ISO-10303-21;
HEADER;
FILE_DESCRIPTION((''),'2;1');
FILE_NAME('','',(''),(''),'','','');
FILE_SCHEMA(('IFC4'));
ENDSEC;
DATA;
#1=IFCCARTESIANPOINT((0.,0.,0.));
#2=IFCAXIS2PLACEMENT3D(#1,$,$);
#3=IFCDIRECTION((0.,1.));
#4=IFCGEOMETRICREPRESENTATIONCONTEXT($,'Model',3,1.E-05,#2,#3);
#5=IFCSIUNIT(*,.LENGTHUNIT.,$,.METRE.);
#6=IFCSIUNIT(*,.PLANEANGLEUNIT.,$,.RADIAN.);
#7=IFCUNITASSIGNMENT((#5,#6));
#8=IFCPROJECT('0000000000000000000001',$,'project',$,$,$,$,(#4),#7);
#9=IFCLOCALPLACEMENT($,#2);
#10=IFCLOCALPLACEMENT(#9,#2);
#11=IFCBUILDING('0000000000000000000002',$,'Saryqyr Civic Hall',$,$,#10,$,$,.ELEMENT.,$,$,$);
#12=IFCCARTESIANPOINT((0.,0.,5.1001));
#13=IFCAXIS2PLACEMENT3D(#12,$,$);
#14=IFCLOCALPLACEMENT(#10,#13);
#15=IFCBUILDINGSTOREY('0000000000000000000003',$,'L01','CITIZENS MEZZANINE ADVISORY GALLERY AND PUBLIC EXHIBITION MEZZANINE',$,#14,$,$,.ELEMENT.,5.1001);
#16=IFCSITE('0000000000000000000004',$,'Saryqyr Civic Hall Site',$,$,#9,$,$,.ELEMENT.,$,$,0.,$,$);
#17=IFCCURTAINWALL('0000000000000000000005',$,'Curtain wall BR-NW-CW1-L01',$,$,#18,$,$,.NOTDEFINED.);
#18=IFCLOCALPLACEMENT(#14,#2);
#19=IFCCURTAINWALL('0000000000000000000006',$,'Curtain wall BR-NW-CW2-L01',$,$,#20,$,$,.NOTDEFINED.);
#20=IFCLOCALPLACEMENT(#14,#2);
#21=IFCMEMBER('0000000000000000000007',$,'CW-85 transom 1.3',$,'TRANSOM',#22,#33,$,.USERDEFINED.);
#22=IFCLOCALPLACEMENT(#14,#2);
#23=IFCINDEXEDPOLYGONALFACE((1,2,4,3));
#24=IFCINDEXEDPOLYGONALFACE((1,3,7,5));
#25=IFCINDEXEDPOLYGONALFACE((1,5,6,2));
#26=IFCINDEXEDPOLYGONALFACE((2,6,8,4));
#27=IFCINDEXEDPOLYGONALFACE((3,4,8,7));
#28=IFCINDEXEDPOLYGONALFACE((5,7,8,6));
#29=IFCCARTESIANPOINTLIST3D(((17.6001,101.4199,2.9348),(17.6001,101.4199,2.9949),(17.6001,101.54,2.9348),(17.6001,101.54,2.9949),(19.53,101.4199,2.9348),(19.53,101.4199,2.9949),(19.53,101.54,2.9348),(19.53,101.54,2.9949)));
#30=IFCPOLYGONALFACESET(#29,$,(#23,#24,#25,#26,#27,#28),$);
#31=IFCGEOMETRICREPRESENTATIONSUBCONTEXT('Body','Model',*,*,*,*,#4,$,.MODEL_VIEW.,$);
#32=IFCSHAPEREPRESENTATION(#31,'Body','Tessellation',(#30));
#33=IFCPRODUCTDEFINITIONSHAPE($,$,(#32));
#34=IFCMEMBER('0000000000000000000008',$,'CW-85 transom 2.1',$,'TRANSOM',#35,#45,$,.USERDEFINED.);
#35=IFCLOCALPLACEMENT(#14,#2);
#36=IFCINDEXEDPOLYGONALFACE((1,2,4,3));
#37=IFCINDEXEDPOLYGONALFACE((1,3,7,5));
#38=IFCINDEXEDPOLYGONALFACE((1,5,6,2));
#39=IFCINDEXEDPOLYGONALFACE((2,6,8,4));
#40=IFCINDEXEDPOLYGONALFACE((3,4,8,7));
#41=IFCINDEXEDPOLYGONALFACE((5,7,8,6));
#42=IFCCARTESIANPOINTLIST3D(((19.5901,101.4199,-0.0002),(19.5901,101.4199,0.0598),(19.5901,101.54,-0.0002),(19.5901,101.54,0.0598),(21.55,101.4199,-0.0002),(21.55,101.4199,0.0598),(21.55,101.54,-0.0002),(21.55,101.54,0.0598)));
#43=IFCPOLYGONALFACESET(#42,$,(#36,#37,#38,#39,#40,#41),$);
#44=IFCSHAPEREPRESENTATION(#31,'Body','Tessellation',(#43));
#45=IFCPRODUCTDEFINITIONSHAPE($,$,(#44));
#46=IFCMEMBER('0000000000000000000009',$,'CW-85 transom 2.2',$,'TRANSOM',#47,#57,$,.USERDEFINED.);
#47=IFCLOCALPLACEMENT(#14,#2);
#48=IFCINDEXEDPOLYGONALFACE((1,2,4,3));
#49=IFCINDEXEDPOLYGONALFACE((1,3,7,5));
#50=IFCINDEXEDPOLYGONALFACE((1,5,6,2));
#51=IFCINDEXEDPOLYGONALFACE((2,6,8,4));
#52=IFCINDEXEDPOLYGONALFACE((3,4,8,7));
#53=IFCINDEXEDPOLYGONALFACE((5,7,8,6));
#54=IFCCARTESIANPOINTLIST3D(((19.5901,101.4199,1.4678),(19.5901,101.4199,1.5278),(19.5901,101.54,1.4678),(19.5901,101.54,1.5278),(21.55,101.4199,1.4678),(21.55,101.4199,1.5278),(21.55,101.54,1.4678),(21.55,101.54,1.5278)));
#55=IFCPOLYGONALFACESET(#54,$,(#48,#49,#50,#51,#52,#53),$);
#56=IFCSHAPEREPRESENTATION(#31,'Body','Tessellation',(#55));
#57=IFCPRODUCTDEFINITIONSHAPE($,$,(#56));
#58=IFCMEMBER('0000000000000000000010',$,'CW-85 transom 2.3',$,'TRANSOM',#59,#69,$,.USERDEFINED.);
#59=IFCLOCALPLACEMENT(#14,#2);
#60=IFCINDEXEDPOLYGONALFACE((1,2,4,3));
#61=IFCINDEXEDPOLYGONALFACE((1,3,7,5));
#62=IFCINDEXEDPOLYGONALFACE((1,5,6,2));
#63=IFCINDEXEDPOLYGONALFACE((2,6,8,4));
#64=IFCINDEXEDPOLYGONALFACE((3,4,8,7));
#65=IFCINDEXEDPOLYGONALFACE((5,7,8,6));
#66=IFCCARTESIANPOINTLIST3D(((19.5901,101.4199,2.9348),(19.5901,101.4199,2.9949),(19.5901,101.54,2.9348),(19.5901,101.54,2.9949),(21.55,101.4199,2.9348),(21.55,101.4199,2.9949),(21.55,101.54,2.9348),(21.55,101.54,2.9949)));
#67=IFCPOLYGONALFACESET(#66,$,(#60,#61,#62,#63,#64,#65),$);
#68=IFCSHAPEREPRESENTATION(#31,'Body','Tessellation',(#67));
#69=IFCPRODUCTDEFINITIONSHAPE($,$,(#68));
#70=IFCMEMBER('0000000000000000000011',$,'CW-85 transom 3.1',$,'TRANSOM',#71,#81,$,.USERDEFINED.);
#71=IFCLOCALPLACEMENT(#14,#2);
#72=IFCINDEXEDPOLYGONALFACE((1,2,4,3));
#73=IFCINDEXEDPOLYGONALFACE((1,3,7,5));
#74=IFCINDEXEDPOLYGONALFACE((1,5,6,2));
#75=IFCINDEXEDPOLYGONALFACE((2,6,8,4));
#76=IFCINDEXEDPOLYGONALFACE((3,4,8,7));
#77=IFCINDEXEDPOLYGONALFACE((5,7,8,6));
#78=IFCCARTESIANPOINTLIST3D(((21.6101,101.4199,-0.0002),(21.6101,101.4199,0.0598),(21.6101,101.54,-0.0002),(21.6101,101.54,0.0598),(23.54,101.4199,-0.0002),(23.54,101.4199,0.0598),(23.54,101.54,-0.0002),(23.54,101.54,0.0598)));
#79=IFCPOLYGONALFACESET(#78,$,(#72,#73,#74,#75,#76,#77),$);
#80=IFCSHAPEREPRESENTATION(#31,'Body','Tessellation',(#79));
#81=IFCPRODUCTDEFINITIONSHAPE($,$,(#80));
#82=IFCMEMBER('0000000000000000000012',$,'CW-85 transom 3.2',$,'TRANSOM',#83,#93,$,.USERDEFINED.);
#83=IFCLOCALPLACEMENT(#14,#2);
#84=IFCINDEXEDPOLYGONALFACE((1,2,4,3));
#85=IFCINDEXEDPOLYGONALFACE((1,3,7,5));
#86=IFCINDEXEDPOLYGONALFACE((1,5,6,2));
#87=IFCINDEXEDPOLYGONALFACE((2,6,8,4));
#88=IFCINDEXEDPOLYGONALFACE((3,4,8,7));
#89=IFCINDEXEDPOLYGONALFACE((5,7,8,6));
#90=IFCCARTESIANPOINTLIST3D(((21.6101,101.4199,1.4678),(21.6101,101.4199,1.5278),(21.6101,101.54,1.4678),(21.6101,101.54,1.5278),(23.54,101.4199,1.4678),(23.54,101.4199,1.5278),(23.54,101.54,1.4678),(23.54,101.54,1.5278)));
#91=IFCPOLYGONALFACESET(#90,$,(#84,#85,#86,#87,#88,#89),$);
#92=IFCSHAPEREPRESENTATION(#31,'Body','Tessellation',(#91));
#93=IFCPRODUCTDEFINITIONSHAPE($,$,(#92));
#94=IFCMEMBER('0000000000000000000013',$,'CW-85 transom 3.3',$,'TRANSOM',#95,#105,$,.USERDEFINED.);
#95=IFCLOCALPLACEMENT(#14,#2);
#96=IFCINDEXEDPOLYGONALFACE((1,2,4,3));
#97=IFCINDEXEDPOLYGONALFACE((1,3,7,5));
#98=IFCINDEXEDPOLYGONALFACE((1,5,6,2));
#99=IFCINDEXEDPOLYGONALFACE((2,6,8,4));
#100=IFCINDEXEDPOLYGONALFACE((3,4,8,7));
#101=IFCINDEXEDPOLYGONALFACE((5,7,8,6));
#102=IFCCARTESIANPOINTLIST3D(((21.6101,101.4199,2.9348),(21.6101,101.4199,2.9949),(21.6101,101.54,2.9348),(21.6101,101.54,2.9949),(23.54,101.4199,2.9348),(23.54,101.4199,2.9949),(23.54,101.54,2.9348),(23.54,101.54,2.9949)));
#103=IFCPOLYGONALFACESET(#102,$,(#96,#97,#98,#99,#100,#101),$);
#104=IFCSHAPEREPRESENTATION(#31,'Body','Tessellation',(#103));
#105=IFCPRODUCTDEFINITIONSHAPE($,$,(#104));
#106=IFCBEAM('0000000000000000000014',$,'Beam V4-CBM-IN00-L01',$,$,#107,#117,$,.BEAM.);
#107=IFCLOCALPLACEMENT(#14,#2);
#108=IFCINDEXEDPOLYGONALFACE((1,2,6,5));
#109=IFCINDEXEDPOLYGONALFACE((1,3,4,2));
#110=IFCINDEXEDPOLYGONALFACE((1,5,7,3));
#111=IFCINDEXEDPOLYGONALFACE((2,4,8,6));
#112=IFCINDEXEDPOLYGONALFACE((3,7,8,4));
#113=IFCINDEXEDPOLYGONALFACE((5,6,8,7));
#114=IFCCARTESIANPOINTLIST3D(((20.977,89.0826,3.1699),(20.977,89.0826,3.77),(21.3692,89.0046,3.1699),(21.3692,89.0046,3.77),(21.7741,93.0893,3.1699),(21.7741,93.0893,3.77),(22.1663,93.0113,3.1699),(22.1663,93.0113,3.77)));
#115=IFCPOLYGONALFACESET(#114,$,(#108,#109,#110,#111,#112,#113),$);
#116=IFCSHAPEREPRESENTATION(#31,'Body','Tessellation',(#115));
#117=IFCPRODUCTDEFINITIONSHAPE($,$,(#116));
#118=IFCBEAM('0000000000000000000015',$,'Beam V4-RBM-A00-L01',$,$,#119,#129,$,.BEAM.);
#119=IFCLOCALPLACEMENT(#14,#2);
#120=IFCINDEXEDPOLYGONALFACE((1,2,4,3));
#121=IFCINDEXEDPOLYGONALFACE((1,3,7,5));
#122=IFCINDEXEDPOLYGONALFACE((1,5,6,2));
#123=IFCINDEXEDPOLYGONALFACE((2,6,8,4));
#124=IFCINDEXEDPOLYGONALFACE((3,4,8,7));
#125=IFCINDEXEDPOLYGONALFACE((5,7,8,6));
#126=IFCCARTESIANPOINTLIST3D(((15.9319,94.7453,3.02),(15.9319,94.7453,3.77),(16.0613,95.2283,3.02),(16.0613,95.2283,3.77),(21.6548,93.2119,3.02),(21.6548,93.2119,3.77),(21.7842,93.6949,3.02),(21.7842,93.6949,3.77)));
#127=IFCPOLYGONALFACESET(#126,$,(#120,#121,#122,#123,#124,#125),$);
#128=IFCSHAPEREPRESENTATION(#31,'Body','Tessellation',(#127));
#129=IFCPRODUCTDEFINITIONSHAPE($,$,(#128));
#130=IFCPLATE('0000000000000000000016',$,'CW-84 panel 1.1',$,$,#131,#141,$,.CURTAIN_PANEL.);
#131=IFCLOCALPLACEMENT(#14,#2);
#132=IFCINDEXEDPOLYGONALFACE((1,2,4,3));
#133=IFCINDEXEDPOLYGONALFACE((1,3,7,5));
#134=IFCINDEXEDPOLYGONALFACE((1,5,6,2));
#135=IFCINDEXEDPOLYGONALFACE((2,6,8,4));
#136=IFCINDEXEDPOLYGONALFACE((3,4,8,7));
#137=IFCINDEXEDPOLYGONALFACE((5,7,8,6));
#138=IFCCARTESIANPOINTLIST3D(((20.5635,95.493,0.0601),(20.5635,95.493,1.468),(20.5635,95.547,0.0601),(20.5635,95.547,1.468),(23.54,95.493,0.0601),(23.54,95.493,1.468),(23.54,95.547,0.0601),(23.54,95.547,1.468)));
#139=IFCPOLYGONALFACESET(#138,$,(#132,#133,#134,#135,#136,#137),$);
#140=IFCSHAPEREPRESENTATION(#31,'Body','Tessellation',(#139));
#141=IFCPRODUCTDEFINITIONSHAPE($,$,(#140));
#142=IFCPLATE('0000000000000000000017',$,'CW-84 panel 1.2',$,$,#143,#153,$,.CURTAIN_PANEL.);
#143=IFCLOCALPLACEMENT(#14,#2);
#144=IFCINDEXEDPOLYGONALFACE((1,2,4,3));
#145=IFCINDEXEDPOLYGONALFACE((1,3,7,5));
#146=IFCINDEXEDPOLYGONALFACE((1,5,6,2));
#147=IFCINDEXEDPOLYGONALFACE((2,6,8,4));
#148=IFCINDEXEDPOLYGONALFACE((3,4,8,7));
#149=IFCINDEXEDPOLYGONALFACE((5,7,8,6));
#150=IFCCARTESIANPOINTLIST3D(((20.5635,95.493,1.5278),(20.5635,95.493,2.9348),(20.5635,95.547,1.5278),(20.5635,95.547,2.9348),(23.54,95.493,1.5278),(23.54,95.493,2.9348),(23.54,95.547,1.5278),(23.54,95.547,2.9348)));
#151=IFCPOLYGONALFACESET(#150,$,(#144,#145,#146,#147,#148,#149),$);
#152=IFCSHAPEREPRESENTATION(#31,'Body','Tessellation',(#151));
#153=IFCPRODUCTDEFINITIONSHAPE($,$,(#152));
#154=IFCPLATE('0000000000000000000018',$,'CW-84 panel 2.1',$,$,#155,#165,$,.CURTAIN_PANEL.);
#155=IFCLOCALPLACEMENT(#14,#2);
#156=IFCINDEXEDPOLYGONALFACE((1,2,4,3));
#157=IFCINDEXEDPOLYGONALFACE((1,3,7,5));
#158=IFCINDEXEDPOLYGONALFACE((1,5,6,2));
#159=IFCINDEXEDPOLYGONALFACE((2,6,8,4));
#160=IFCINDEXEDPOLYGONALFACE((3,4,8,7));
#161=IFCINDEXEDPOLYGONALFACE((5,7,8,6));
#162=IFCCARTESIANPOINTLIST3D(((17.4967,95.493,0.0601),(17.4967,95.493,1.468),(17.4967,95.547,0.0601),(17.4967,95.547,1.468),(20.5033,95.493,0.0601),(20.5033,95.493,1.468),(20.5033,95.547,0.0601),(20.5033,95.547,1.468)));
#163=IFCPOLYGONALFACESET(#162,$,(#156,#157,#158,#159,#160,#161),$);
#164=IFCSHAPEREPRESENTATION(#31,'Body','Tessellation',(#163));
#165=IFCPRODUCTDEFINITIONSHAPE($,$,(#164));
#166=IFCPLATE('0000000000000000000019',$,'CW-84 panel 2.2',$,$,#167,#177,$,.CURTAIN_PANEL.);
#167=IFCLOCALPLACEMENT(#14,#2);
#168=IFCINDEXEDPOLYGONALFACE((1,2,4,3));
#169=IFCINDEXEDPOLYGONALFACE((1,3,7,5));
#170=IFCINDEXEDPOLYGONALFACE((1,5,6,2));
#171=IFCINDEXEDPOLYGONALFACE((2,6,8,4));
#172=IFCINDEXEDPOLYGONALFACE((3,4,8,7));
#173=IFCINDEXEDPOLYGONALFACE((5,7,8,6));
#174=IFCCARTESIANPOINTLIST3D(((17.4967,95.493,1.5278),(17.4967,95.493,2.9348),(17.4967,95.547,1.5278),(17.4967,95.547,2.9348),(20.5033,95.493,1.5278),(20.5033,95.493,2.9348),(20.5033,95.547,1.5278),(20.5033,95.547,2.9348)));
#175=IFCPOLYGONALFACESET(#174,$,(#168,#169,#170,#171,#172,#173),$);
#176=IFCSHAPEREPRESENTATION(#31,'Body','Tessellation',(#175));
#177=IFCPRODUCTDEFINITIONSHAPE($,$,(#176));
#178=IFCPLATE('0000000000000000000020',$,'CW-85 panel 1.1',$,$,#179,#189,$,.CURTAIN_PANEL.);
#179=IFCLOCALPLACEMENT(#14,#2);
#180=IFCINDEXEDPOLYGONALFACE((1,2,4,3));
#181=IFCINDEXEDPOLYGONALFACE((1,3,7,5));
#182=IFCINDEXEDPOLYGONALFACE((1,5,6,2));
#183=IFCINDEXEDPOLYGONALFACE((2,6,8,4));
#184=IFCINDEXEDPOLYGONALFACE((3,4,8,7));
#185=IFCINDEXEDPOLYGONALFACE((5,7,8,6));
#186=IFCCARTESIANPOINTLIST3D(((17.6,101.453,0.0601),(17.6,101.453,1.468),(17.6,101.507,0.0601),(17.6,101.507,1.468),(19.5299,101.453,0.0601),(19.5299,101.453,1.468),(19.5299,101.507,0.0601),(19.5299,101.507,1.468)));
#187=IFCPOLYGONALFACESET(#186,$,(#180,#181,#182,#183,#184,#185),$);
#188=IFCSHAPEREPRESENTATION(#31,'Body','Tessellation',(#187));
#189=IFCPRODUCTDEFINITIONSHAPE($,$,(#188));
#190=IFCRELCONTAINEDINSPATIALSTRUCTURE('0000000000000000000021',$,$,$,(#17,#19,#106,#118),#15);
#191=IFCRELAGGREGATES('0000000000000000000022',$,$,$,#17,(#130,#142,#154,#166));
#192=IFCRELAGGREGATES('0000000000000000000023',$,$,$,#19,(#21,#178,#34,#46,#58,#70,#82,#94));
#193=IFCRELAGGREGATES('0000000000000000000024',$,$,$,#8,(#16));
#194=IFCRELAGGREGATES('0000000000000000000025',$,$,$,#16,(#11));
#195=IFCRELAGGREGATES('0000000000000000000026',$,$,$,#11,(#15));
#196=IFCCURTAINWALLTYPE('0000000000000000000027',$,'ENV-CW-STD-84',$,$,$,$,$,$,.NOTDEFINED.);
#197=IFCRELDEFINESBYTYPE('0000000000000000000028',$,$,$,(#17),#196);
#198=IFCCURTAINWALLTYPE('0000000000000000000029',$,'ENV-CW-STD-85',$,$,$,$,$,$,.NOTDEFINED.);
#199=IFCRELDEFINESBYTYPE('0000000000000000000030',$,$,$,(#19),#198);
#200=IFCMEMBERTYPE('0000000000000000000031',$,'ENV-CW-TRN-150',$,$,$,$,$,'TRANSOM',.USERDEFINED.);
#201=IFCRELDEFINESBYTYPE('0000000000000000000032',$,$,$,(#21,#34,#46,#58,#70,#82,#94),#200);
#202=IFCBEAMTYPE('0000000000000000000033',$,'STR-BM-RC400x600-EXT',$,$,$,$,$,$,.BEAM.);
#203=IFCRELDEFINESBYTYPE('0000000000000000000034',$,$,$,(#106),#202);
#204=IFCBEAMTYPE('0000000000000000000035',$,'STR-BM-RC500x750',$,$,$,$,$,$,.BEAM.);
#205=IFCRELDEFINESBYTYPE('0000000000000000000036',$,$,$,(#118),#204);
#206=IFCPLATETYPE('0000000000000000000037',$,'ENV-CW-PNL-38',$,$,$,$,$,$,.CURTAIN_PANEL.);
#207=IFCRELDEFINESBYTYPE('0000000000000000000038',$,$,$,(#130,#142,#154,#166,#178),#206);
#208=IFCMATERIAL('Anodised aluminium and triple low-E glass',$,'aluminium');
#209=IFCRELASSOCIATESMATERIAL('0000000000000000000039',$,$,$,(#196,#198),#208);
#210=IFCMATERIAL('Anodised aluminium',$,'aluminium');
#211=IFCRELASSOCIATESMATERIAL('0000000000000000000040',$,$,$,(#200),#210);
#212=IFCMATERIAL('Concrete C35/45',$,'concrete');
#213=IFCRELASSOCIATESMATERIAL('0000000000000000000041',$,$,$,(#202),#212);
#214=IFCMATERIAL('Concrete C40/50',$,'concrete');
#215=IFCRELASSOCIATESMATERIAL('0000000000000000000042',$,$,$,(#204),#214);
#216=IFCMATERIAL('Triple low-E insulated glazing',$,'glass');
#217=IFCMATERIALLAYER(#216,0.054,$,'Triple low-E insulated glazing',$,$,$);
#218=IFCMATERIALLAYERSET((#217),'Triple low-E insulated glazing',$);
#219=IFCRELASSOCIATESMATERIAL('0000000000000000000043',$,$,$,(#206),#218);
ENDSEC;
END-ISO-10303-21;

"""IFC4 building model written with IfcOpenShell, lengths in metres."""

from ifc_helpers import new_model, si_unit, direction, frame, origin, origin_2d, place, context, subcontext, project, spatial, rectangle, extrude, material, layer, layer_set, material_profile, profile_set, type_object, element, aggregate, save


model = new_model("IFC4")

# Units and contexts
model_context = context("Model", 3, precision=1e-05, world=origin(), true_north=direction((0.0, 1.0)))
body_context = subcontext(model_context, "Body", "Model", "MODEL_VIEW")
ifc_project = project(units=[si_unit("LENGTHUNIT", "METRE"), si_unit("PLANEANGLEUNIT", "RADIAN")], contexts=[model_context])

# Site, building, storey
site_placement = place(None, origin())
site = spatial("IfcSite", under=ifc_project, at=site_placement, Name="Saryqyr Civic Hall Site", CompositionType="ELEMENT", RefElevation=0.0)
building_placement = place(site_placement, origin())
building = spatial("IfcBuilding", under=site, at=building_placement, Name="Saryqyr Civic Hall", CompositionType="ELEMENT")
storey_placement = place(building_placement, frame((0.0, 0.0, 5.1001)))
storey = spatial("IfcBuildingStorey", under=building, at=storey_placement, Name="L01", Description="CITIZENS MEZZANINE ADVISORY GALLERY AND PUBLIC EXHIBITION MEZZANINE", CompositionType="ELEMENT", Elevation=5.1001)

# Shared definitions
ifc_material_1 = material(Name="Concrete C40/50", Category="concrete")

# Curtain wall
ifc_material_2 = material(Name="Anodised aluminium and triple low-E glass", Category="aluminium")
curtain_wall_type_1 = type_object("IfcCurtainWallType", Name="ENV-CW-STD-84", PredefinedType="NOTDEFINED", material=ifc_material_2)
curtain_wall_1_placement = place(storey_placement, origin())
curtain_wall_1 = element("IfcCurtainWall", 1, at=curtain_wall_1_placement, inside=storey, type_object=curtain_wall_type_1, Name="Curtain wall BR-NW-CW1-L01", PredefinedType="NOTDEFINED")
ifc_material_3 = material(Name="Anodised aluminium", Category="aluminium")

# Curtain wall
curtain_wall_type_2 = type_object("IfcCurtainWallType", Name="ENV-CW-STD-85", PredefinedType="NOTDEFINED", material=ifc_material_2)
curtain_wall_2_placement = place(storey_placement, origin())
curtain_wall_2 = element("IfcCurtainWall", 2, at=curtain_wall_2_placement, inside=storey, type_object=curtain_wall_type_2, Name="Curtain wall BR-NW-CW2-L01", PredefinedType="NOTDEFINED")

# Members
ifc_material_profile_1 = material_profile(ifc_material_3, rectangle(XDim=0.1201, YDim=0.0601, at=origin_2d()), Name="ALU TRANSOM 120x60")
ifc_profile_set_1 = profile_set([ifc_material_profile_1], Name="Anodised aluminium")
member_type_1 = type_object("IfcMemberType", Name="ENV-CW-TRN-150", ElementType="TRANSOM", PredefinedType="USERDEFINED", material=ifc_profile_set_1)
member_1_placement = place(storey_placement, frame((17.6001, 101.48, 2.9648), z_axis=(1.0, 0.0, 0.0), x_axis=(0.0, 1.0, 0.0)))
member_1 = element("IfcMember", 3, at=member_1_placement, type_object=member_type_1, Name="CW-85 transom 1.3", ObjectType="TRANSOM", PredefinedType="USERDEFINED", context=body_context, shape_type="SweptSolid", body=[
    extrude(rectangle(XDim=0.1201, YDim=0.0601, at=origin_2d()), origin(), (0.0, 0.0, 1.0), 1.9299),
])
member_2_placement = place(storey_placement, frame((19.5901, 101.48, 0.0298), z_axis=(1.0, 0.0, 0.0), x_axis=(0.0, 1.0, 0.0)))
member_2 = element("IfcMember", 4, at=member_2_placement, type_object=member_type_1, Name="CW-85 transom 2.1", ObjectType="TRANSOM", PredefinedType="USERDEFINED", context=body_context, shape_type="SweptSolid", body=[
    extrude(rectangle(XDim=0.1201, YDim=0.0601, at=origin_2d()), origin(), (0.0, 0.0, 1.0), 1.96),
])
member_3_placement = place(storey_placement, frame((19.5901, 101.48, 1.4978), z_axis=(1.0, 0.0, 0.0), x_axis=(0.0, 1.0, 0.0)))
member_3 = element("IfcMember", 5, at=member_3_placement, type_object=member_type_1, Name="CW-85 transom 2.2", ObjectType="TRANSOM", PredefinedType="USERDEFINED", context=body_context, shape_type="SweptSolid", body=[
    extrude(rectangle(XDim=0.1201, YDim=0.0601, at=origin_2d()), origin(), (0.0, 0.0, 1.0), 1.96),
])
member_4_placement = place(storey_placement, frame((19.5901, 101.48, 2.9648), z_axis=(1.0, 0.0, 0.0), x_axis=(0.0, 1.0, 0.0)))
member_4 = element("IfcMember", 6, at=member_4_placement, type_object=member_type_1, Name="CW-85 transom 2.3", ObjectType="TRANSOM", PredefinedType="USERDEFINED", context=body_context, shape_type="SweptSolid", body=[
    extrude(rectangle(XDim=0.1201, YDim=0.0601, at=origin_2d()), origin(), (0.0, 0.0, 1.0), 1.96),
])
member_5_placement = place(storey_placement, frame((21.6101, 101.48, 0.0298), z_axis=(1.0, 0.0, 0.0), x_axis=(0.0, 1.0, 0.0)))
member_5 = element("IfcMember", 7, at=member_5_placement, type_object=member_type_1, Name="CW-85 transom 3.1", ObjectType="TRANSOM", PredefinedType="USERDEFINED", context=body_context, shape_type="SweptSolid", body=[
    extrude(rectangle(XDim=0.1201, YDim=0.0601, at=origin_2d()), origin(), (0.0, 0.0, 1.0), 1.9299),
])
member_6_placement = place(storey_placement, frame((21.6101, 101.48, 1.4978), z_axis=(1.0, 0.0, 0.0), x_axis=(0.0, 1.0, 0.0)))
member_6 = element("IfcMember", 8, at=member_6_placement, type_object=member_type_1, Name="CW-85 transom 3.2", ObjectType="TRANSOM", PredefinedType="USERDEFINED", context=body_context, shape_type="SweptSolid", body=[
    extrude(rectangle(XDim=0.1201, YDim=0.0601, at=origin_2d()), origin(), (0.0, 0.0, 1.0), 1.9299),
])
member_7_placement = place(storey_placement, frame((21.6101, 101.48, 2.9648), z_axis=(1.0, 0.0, 0.0), x_axis=(0.0, 1.0, 0.0)))
member_7 = element("IfcMember", 9, at=member_7_placement, type_object=member_type_1, Name="CW-85 transom 3.3", ObjectType="TRANSOM", PredefinedType="USERDEFINED", context=body_context, shape_type="SweptSolid", body=[
    extrude(rectangle(XDim=0.1201, YDim=0.0601, at=origin_2d()), origin(), (0.0, 0.0, 1.0), 1.9299),
])

# Beams
ifc_material_4 = material(Name="Concrete C35/45", Category="concrete")
ifc_material_profile_2 = material_profile(ifc_material_4, rectangle(XDim=0.3999, YDim=0.6001, at=origin_2d()), Name="RC 400x600")
ifc_profile_set_2 = profile_set([ifc_material_profile_2], Name="Concrete C35/45")
beam_type_1 = type_object("IfcBeamType", Name="STR-BM-RC400x600-EXT", PredefinedType="BEAM", material=ifc_profile_set_2)
beam_1_placement = place(storey_placement, frame((21.9702, 93.0503, 3.47), z_axis=(-0.195128, -0.980778, 0.0), x_axis=(0.980778, -0.195128, 0.0)))
element("IfcBeam", 10, at=beam_1_placement, inside=storey, type_object=beam_type_1, Name="Beam V4-CBM-IN00-L01", PredefinedType="BEAM", context=body_context, shape_type="SweptSolid", body=[
    extrude(rectangle(XDim=0.3999, YDim=0.6001, at=origin_2d()), origin(), (0.0, 0.0, 1.0), 4.0852),
])
ifc_material_profile_3 = material_profile(ifc_material_1, rectangle(XDim=0.5, YDim=0.75, at=origin_2d()), Name="RC 500x750")
ifc_profile_set_3 = profile_set([ifc_material_profile_3], Name="Concrete C40/50")
beam_type_2 = type_object("IfcBeamType", Name="STR-BM-RC500x750", PredefinedType="BEAM", material=ifc_profile_set_3)
beam_2_placement = place(storey_placement, frame((21.7195, 93.4534, 3.395), z_axis=(-0.965926, 0.258819, 0.0), x_axis=(-0.258819, -0.965926, 0.0)))
element("IfcBeam", 11, at=beam_2_placement, inside=storey, type_object=beam_type_2, Name="Beam V4-RBM-A00-L01", PredefinedType="BEAM", context=body_context, shape_type="SweptSolid", body=[
    extrude(rectangle(XDim=0.5, YDim=0.75, at=origin_2d()), origin(), (0.0, 0.0, 1.0), 5.9248),
])

# Plates
ifc_material_5 = material(Name="Triple low-E insulated glazing", Category="glass")
ifc_layer_1 = layer(ifc_material_5, 0.054, Name="Triple low-E insulated glazing")
ifc_layer_set_1 = layer_set([ifc_layer_1], Name="Triple low-E insulated glazing")
plate_type = type_object("IfcPlateType", Name="ENV-CW-PNL-38", PredefinedType="CURTAIN_PANEL", material=ifc_layer_set_1)
plate_1_placement = place(storey_placement, frame((22.0518, 95.52, 0.0601), z_axis=(0.0, 0.0, 1.0), x_axis=(-1.0, 0.0, 0.0)))
plate_1 = element("IfcPlate", 12, at=plate_1_placement, type_object=plate_type, Name="CW-84 panel 1.1", PredefinedType="CURTAIN_PANEL", context=body_context, shape_type="SweptSolid", body=[
    extrude(rectangle(XDim=2.9766, YDim=0.054, at=origin_2d()), origin(), (0.0, 0.0, 1.0), 1.408),
])
plate_2_placement = place(storey_placement, frame((22.0518, 95.52, 1.5278), z_axis=(0.0, 0.0, 1.0), x_axis=(-1.0, 0.0, 0.0)))
plate_2 = element("IfcPlate", 13, at=plate_2_placement, type_object=plate_type, Name="CW-84 panel 1.2", PredefinedType="CURTAIN_PANEL", context=body_context, shape_type="SweptSolid", body=[
    extrude(rectangle(XDim=2.9766, YDim=0.054, at=origin_2d()), origin(), (0.0, 0.0, 1.0), 1.407),
])
plate_3_placement = place(storey_placement, frame((19.0, 95.52, 0.0601), z_axis=(0.0, 0.0, 1.0), x_axis=(-1.0, 0.0, 0.0)))
plate_3 = element("IfcPlate", 14, at=plate_3_placement, type_object=plate_type, Name="CW-84 panel 2.1", PredefinedType="CURTAIN_PANEL", context=body_context, shape_type="SweptSolid", body=[
    extrude(rectangle(XDim=3.0066, YDim=0.054, at=origin_2d()), origin(), (0.0, 0.0, 1.0), 1.408),
])
plate_4_placement = place(storey_placement, frame((19.0, 95.52, 1.5278), z_axis=(0.0, 0.0, 1.0), x_axis=(-1.0, 0.0, 0.0)))
plate_4 = element("IfcPlate", 15, at=plate_4_placement, type_object=plate_type, Name="CW-84 panel 2.2", PredefinedType="CURTAIN_PANEL", context=body_context, shape_type="SweptSolid", body=[
    extrude(rectangle(XDim=3.0066, YDim=0.054, at=origin_2d()), origin(), (0.0, 0.0, 1.0), 1.407),
])
aggregate(curtain_wall_1, [plate_1, plate_2, plate_3, plate_4])
plate_5_placement = place(storey_placement, frame((18.5649, 101.48, 0.0601), z_axis=(0.0, 0.0, 1.0), x_axis=(1.0, 0.0, 0.0)))
plate_5 = element("IfcPlate", 16, at=plate_5_placement, type_object=plate_type, Name="CW-85 panel 1.1", PredefinedType="CURTAIN_PANEL", context=body_context, shape_type="SweptSolid", body=[
    extrude(rectangle(XDim=1.9299, YDim=0.054, at=origin_2d()), origin(), (0.0, 0.0, 1.0), 1.408),
])
aggregate(curtain_wall_2, [member_1, plate_5, member_2, member_3, member_4, member_5, member_6, member_7])

save(model, "model.ifc")
